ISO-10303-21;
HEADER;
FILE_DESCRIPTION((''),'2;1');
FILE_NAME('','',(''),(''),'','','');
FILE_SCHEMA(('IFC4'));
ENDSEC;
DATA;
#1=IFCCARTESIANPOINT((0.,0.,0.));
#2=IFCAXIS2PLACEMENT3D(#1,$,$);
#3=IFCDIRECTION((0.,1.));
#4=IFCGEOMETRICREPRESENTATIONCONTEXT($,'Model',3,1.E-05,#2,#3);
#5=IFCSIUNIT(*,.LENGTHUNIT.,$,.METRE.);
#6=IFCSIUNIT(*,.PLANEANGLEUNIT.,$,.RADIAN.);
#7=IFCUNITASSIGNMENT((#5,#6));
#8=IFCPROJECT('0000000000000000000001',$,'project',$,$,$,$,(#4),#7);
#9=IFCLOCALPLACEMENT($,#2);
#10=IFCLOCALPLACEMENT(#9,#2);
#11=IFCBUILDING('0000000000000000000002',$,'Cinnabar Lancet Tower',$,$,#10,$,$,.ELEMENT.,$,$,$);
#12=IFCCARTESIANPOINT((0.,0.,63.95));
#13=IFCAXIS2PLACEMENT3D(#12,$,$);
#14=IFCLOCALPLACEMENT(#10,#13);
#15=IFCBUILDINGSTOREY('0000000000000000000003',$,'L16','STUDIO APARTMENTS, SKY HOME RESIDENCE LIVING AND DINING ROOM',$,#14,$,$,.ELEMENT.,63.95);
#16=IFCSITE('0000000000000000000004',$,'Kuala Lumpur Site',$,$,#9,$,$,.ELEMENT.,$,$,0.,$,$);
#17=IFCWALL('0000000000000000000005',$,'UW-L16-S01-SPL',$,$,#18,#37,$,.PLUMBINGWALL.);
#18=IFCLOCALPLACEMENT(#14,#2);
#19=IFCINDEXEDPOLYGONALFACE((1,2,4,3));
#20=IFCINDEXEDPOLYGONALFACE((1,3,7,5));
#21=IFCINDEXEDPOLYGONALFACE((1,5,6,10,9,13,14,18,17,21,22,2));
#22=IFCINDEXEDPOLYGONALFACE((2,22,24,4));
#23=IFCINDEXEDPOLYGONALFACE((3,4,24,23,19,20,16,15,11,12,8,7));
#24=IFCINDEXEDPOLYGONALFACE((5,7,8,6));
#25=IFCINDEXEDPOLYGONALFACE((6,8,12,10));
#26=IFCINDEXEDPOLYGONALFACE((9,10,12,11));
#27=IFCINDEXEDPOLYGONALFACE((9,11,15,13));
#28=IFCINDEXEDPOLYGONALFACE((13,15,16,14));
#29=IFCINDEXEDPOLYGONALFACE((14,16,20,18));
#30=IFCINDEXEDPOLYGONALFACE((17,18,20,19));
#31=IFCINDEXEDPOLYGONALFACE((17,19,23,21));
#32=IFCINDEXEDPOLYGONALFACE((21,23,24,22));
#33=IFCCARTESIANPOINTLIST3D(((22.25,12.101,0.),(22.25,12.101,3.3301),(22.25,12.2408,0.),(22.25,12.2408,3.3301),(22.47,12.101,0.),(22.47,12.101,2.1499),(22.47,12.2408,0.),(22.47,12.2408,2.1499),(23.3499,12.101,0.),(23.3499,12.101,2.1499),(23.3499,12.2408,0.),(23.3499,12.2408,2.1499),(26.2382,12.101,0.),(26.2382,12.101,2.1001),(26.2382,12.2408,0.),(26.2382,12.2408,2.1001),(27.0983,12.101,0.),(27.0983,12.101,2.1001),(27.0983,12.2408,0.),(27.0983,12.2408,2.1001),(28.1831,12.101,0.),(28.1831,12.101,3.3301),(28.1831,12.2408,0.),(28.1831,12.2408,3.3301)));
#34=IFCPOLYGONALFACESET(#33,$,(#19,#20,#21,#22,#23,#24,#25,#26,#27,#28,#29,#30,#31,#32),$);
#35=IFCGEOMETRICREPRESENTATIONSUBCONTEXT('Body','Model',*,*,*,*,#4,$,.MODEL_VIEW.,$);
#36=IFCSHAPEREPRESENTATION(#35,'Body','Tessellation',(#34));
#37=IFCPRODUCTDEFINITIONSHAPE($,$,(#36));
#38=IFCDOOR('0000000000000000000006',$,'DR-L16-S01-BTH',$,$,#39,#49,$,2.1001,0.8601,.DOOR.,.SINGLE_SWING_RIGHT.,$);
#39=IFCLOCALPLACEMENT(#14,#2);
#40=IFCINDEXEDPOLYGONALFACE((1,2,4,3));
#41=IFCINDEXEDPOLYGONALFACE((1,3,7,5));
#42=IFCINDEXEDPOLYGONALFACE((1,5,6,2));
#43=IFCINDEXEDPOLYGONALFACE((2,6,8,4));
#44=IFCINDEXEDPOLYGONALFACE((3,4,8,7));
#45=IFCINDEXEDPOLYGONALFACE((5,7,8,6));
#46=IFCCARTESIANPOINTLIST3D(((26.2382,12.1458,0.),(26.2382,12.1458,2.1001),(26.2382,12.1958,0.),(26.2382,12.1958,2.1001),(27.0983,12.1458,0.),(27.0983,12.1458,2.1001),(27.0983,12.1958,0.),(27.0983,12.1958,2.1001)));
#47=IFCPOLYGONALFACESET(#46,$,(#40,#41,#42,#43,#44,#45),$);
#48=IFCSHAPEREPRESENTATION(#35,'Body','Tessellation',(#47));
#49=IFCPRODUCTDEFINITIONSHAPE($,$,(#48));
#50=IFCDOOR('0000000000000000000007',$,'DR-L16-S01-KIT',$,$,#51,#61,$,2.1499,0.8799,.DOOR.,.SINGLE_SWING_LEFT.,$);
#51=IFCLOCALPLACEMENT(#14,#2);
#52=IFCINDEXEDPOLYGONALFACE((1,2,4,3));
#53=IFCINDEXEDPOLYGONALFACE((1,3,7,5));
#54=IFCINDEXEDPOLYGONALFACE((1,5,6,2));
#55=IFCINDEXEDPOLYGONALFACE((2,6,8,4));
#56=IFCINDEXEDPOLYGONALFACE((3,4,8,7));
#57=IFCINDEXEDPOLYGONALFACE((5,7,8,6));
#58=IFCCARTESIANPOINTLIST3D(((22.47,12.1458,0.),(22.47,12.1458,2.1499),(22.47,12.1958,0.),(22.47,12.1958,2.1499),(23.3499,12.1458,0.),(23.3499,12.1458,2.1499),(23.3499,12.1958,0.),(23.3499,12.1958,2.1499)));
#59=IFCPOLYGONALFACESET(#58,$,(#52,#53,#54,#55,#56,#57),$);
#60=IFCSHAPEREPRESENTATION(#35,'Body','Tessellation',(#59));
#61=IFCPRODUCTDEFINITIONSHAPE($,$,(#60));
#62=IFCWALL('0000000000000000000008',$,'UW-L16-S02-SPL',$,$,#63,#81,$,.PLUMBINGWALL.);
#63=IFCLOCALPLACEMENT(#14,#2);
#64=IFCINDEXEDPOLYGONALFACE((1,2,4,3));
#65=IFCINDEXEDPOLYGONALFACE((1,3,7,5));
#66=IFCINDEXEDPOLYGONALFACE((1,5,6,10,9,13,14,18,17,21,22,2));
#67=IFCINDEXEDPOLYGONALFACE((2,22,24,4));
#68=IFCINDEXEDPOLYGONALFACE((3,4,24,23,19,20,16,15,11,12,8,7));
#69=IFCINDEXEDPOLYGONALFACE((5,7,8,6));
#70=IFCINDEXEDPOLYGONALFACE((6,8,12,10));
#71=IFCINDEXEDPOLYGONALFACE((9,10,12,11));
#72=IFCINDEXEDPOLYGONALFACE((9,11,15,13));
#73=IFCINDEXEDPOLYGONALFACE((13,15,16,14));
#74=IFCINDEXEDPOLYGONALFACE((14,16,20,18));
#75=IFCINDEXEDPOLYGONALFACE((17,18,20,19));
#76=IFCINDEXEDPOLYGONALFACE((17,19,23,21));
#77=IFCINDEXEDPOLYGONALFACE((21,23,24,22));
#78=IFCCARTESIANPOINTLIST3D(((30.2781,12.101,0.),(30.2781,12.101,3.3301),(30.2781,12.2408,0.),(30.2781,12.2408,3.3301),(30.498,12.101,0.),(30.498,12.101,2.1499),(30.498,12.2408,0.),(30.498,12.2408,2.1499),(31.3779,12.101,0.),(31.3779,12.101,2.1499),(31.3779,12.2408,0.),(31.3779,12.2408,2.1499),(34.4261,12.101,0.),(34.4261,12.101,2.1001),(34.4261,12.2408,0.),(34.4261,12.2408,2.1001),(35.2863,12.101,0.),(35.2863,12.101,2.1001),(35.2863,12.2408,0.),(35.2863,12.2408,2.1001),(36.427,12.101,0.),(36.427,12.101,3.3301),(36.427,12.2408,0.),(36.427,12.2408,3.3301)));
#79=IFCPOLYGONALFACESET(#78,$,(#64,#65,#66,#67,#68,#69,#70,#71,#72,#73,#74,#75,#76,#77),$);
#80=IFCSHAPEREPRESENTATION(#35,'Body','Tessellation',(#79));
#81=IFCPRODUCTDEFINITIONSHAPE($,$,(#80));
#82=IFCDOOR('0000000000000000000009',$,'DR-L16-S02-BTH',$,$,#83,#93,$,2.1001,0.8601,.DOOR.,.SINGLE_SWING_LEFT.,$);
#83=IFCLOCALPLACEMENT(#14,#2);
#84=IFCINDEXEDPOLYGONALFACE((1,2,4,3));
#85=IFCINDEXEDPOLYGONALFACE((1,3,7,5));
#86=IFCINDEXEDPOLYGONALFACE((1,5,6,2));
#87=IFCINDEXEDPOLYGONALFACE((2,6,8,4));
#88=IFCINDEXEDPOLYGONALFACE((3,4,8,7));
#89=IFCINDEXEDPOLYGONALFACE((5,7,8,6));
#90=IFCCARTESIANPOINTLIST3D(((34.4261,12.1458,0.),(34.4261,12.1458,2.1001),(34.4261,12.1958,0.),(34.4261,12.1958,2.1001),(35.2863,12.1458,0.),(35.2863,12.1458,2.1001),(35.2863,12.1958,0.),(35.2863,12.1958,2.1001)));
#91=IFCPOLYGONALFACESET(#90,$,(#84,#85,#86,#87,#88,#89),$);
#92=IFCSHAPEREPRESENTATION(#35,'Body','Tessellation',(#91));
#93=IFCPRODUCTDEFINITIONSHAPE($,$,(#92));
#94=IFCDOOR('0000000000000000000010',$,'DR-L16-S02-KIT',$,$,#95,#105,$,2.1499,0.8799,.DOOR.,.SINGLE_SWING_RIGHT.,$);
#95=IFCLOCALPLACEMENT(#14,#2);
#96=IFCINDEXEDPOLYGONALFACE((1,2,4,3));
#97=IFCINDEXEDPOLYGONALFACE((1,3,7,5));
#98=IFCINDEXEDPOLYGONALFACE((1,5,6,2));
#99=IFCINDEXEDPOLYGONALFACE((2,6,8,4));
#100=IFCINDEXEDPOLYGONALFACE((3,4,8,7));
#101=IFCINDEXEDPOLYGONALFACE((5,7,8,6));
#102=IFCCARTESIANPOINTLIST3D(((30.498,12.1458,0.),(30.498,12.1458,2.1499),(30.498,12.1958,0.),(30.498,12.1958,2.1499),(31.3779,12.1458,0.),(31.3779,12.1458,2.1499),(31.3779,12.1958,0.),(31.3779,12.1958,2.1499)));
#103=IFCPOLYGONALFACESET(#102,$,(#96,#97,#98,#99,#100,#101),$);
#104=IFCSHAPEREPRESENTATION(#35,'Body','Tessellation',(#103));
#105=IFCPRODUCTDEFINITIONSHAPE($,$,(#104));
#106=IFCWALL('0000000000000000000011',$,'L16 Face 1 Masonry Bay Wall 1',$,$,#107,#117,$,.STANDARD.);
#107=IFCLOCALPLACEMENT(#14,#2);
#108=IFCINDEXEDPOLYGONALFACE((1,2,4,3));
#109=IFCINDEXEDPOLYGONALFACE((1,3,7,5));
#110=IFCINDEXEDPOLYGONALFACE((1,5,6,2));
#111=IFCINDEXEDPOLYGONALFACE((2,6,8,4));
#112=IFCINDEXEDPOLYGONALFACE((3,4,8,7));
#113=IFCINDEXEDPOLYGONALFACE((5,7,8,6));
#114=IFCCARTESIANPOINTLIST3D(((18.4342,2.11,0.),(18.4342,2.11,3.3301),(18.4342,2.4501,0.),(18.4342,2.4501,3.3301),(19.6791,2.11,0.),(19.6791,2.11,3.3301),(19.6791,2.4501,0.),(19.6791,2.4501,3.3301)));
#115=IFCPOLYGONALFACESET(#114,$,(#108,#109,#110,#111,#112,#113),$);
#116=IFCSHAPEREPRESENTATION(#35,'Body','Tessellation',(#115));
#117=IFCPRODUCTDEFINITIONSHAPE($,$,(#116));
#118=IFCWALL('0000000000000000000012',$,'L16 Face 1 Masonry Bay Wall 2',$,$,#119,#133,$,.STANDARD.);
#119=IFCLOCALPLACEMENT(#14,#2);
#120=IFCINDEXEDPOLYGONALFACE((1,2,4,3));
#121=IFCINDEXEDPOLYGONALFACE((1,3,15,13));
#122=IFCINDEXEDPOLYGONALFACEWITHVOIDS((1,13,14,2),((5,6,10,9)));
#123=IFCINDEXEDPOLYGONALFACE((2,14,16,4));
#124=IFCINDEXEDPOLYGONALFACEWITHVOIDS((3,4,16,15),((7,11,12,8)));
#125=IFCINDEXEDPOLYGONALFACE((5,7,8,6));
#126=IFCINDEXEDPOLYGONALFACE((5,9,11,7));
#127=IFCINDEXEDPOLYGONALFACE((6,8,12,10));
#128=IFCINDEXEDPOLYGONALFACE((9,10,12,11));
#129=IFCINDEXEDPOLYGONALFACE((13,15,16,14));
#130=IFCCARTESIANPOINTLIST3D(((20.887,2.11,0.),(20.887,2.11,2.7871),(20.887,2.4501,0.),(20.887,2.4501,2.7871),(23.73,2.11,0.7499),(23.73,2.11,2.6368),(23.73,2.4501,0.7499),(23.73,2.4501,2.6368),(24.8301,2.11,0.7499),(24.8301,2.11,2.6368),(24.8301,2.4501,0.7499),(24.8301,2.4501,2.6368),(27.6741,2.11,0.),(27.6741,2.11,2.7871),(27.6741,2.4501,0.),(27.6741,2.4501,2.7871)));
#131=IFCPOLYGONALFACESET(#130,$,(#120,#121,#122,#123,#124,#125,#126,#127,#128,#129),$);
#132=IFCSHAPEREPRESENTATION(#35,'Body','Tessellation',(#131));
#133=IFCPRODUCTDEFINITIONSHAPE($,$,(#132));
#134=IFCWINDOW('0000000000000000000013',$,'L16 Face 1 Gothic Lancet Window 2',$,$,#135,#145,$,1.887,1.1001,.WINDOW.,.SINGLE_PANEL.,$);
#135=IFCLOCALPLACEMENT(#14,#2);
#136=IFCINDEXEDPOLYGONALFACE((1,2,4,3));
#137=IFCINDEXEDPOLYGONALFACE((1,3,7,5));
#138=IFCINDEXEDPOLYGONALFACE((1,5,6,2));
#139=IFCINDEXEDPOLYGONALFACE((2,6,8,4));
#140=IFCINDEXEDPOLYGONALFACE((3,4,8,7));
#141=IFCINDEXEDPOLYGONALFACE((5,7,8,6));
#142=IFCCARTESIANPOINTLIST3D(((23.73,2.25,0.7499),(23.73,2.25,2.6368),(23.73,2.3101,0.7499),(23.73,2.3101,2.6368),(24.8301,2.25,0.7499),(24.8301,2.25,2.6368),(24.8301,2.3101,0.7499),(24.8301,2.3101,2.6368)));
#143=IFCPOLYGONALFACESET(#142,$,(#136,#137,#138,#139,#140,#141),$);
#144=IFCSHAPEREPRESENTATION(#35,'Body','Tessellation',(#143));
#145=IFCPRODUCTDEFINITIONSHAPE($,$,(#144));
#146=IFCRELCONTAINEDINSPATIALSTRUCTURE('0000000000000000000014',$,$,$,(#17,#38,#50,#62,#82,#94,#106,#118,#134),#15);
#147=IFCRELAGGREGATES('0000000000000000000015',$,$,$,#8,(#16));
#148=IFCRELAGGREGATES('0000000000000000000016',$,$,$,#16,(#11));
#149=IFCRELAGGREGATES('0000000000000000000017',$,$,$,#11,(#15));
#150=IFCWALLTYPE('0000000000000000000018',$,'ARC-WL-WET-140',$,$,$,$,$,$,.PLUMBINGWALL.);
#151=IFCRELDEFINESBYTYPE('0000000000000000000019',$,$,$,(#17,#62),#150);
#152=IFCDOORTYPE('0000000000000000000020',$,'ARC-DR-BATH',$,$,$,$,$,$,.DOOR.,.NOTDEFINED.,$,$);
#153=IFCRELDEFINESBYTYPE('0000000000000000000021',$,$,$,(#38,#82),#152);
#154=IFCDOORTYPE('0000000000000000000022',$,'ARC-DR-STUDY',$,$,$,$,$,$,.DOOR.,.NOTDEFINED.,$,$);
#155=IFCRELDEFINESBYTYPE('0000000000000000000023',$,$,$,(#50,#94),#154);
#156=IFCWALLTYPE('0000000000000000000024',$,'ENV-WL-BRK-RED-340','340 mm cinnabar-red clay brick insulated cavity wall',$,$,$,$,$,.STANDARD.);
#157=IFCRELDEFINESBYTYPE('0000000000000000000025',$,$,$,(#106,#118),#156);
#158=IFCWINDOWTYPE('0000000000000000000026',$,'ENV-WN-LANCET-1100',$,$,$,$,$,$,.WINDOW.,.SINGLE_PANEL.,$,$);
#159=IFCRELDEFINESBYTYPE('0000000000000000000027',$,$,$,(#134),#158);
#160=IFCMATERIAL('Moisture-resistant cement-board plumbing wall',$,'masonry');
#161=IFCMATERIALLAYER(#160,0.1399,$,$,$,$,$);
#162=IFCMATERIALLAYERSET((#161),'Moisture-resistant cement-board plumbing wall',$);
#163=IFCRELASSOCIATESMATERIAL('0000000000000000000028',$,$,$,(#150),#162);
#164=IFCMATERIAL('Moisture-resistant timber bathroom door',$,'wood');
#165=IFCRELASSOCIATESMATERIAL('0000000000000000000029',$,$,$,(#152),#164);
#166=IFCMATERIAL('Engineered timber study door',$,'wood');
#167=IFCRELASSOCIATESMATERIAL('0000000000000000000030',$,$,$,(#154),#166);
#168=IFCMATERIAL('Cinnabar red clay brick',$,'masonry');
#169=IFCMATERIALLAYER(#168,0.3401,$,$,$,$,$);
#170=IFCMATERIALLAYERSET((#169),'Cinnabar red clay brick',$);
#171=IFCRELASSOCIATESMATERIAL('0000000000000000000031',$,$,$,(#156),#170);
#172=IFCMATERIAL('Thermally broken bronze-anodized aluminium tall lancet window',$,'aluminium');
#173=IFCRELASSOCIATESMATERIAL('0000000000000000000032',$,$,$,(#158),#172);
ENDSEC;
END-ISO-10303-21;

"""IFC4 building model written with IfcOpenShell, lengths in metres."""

from ifc_helpers import new_model, si_unit, direction, frame, frame_2d, origin, place, context, subcontext, project, spatial, rectangle, extrude, material, layer, layer_set, type_object, element, fill, save


model = new_model("IFC4")

# Units and contexts
model_context = context("Model", 3, precision=1e-05, world=origin(), true_north=direction((0.0, 1.0)))
body_context = subcontext(model_context, "Body", "Model", "MODEL_VIEW")
ifc_project = project(units=[si_unit("LENGTHUNIT", "METRE"), si_unit("PLANEANGLEUNIT", "RADIAN")], contexts=[model_context])

# Site, building, storey
site_placement = place(None, origin())
site = spatial("IfcSite", under=ifc_project, at=site_placement, Name="Kuala Lumpur Site", CompositionType="ELEMENT", RefElevation=0.0)
building_placement = place(site_placement, origin())
building = spatial("IfcBuilding", under=site, at=building_placement, Name="Cinnabar Lancet Tower", CompositionType="ELEMENT")
storey_placement = place(building_placement, frame((0.0, 0.0, 63.95)))
storey = spatial("IfcBuildingStorey", under=building, at=storey_placement, Name="L16", Description="STUDIO APARTMENTS, SKY HOME RESIDENCE LIVING AND DINING ROOM", CompositionType="ELEMENT", Elevation=63.95)

# Walls, openings, doors
ifc_material_1 = material(Name="Moisture-resistant cement-board plumbing wall", Category="masonry")
ifc_layer_1 = layer(ifc_material_1, 0.1399)
ifc_layer_set_1 = layer_set([ifc_layer_1], Name="Moisture-resistant cement-board plumbing wall")
wall_type_1 = type_object("IfcWallType", Name="ARC-WL-WET-140", PredefinedType="PLUMBINGWALL", material=ifc_layer_set_1)
wall_1_placement = place(storey_placement, frame((22.25, 12.1709, 0.0), z_axis=(0.0, 0.0, 1.0), x_axis=(1.0, 0.0, 0.0)))
wall_1 = element("IfcWall", 1, at=wall_1_placement, inside=storey, type_object=wall_type_1, Name="UW-L16-S01-SPL", PredefinedType="PLUMBINGWALL", context=body_context, shape_type="SweptSolid", body=[
    extrude(rectangle(XDim=5.9331, YDim=0.1399, at=frame_2d((2.9666, 0.0))), origin(), (0.0, 0.0, 1.0), 3.3301),
])
opening_1_placement = place(wall_1_placement, frame((3.988, 0.0, 0.0)))
opening_1 = element("IfcOpeningElement", 2, at=opening_1_placement, cuts=wall_1, PredefinedType="OPENING", context=body_context, shape_type="SweptSolid", body=[
    extrude(rectangle(XDim=0.8601, YDim=2.1001, at=frame_2d((0.4302, 1.05))), frame((0.0, 0.0798, 0.0), z_axis=(0.0, -1.0, 0.0), x_axis=(1.0, 0.0, 0.0)), (0.0, 0.0, 1.0), 0.1599),
])
opening_2_placement = place(wall_1_placement, frame((0.22, 0.0, 0.0)))
opening_2 = element("IfcOpeningElement", 3, at=opening_2_placement, cuts=wall_1, PredefinedType="OPENING", context=body_context, shape_type="SweptSolid", body=[
    extrude(rectangle(XDim=0.8799, YDim=2.1499, at=frame_2d((0.4399, 1.075))), frame((0.0, 0.0798, 0.0), z_axis=(0.0, -1.0, 0.0), x_axis=(1.0, 0.0, 0.0)), (0.0, 0.0, 1.0), 0.1599),
])
ifc_material_2 = material(Name="Moisture-resistant timber bathroom door", Category="wood")
door_type_1 = type_object("IfcDoorType", Name="ARC-DR-BATH", OperationType="NOTDEFINED", PredefinedType="DOOR", material=ifc_material_2)
door_1_placement = place(opening_1_placement, origin())
door_1 = element("IfcDoor", 4, at=door_1_placement, inside=storey, type_object=door_type_1, Name="DR-L16-S01-BTH", OperationType="SINGLE_SWING_RIGHT", OverallHeight=2.1001, OverallWidth=0.8601, PredefinedType="DOOR", context=body_context, shape_type="SweptSolid", body=[
    extrude(rectangle(XDim=0.8601, YDim=2.1001, at=frame_2d((0.4302, 1.05))), frame((0.0, 0.0249, 0.0), z_axis=(0.0, -1.0, 0.0), x_axis=(1.0, 0.0, 0.0)), (0.0, 0.0, 1.0), 0.05),
])
fill(opening_1, door_1)
ifc_material_3 = material(Name="Engineered timber study door", Category="wood")
door_type_2 = type_object("IfcDoorType", Name="ARC-DR-STUDY", OperationType="NOTDEFINED", PredefinedType="DOOR", material=ifc_material_3)
door_2_placement = place(opening_2_placement, origin())
door_2 = element("IfcDoor", 5, at=door_2_placement, inside=storey, type_object=door_type_2, Name="DR-L16-S01-KIT", OperationType="SINGLE_SWING_LEFT", OverallHeight=2.1499, OverallWidth=0.8799, PredefinedType="DOOR", context=body_context, shape_type="SweptSolid", body=[
    extrude(rectangle(XDim=0.8799, YDim=2.1499, at=frame_2d((0.4399, 1.075))), frame((0.0, 0.0249, 0.0), z_axis=(0.0, -1.0, 0.0), x_axis=(1.0, 0.0, 0.0)), (0.0, 0.0, 1.0), 0.05),
])
fill(opening_2, door_2)
wall_2_placement = place(storey_placement, frame((30.2781, 12.1709, 0.0), z_axis=(0.0, 0.0, 1.0), x_axis=(1.0, 0.0, 0.0)))
wall_2 = element("IfcWall", 6, at=wall_2_placement, inside=storey, type_object=wall_type_1, Name="UW-L16-S02-SPL", PredefinedType="PLUMBINGWALL", context=body_context, shape_type="SweptSolid", body=[
    extrude(rectangle(XDim=6.1489, YDim=0.1399, at=frame_2d((3.0745, 0.0))), origin(), (0.0, 0.0, 1.0), 3.3301),
])
opening_3_placement = place(wall_2_placement, frame((4.1479, 0.0, 0.0)))
opening_3 = element("IfcOpeningElement", 7, at=opening_3_placement, cuts=wall_2, PredefinedType="OPENING", context=body_context, shape_type="SweptSolid", body=[
    extrude(rectangle(XDim=0.8601, YDim=2.1001, at=frame_2d((0.4302, 1.05))), frame((0.0, 0.0798, 0.0), z_axis=(0.0, -1.0, 0.0), x_axis=(1.0, 0.0, 0.0)), (0.0, 0.0, 1.0), 0.1599),
])
opening_4_placement = place(wall_2_placement, frame((0.22, 0.0, 0.0)))
opening_4 = element("IfcOpeningElement", 8, at=opening_4_placement, cuts=wall_2, PredefinedType="OPENING", context=body_context, shape_type="SweptSolid", body=[
    extrude(rectangle(XDim=0.8799, YDim=2.1499, at=frame_2d((0.4399, 1.075))), frame((0.0, 0.0798, 0.0), z_axis=(0.0, -1.0, 0.0), x_axis=(1.0, 0.0, 0.0)), (0.0, 0.0, 1.0), 0.1599),
])
door_3_placement = place(opening_3_placement, origin())
door_3 = element("IfcDoor", 9, at=door_3_placement, inside=storey, type_object=door_type_1, Name="DR-L16-S02-BTH", OperationType="SINGLE_SWING_LEFT", OverallHeight=2.1001, OverallWidth=0.8601, PredefinedType="DOOR", context=body_context, shape_type="SweptSolid", body=[
    extrude(rectangle(XDim=0.8601, YDim=2.1001, at=frame_2d((0.4302, 1.05))), frame((0.0, 0.0249, 0.0), z_axis=(0.0, -1.0, 0.0), x_axis=(1.0, 0.0, 0.0)), (0.0, 0.0, 1.0), 0.05),
])
fill(opening_3, door_3)
door_4_placement = place(opening_4_placement, origin())
door_4 = element("IfcDoor", 10, at=door_4_placement, inside=storey, type_object=door_type_2, Name="DR-L16-S02-KIT", OperationType="SINGLE_SWING_RIGHT", OverallHeight=2.1499, OverallWidth=0.8799, PredefinedType="DOOR", context=body_context, shape_type="SweptSolid", body=[
    extrude(rectangle(XDim=0.8799, YDim=2.1499, at=frame_2d((0.4399, 1.075))), frame((0.0, 0.0249, 0.0), z_axis=(0.0, -1.0, 0.0), x_axis=(1.0, 0.0, 0.0)), (0.0, 0.0, 1.0), 0.05),
])
fill(opening_4, door_4)

# Wall
ifc_material_4 = material(Name="Cinnabar red clay brick", Category="masonry")
ifc_layer_2 = layer(ifc_material_4, 0.3401)
ifc_layer_set_2 = layer_set([ifc_layer_2], Name="Cinnabar red clay brick")
wall_type_2 = type_object("IfcWallType", Name="ENV-WL-BRK-RED-340", Description="340 mm cinnabar-red clay brick insulated cavity wall", PredefinedType="STANDARD", material=ifc_layer_set_2)
wall_3_placement = place(storey_placement, frame((18.4341, 2.28, 0.0), z_axis=(0.0, 0.0, 1.0), x_axis=(1.0, 0.0, 0.0)))
element("IfcWall", 11, at=wall_3_placement, inside=storey, type_object=wall_type_2, Name="L16 Face 1 Masonry Bay Wall 1", PredefinedType="STANDARD", context=body_context, shape_type="SweptSolid", body=[
    extrude(rectangle(XDim=1.2449, YDim=0.3401, at=frame_2d((0.6226, 0.0))), origin(), (0.0, 0.0, 1.0), 3.3301),
])

# Wall, opening, window
wall_4_placement = place(storey_placement, frame((20.887, 2.28, 0.0), z_axis=(0.0, 0.0, 1.0), x_axis=(1.0, 0.0, 0.0)))
wall_4 = element("IfcWall", 12, at=wall_4_placement, inside=storey, type_object=wall_type_2, Name="L16 Face 1 Masonry Bay Wall 2", PredefinedType="STANDARD", context=body_context, shape_type="SweptSolid", body=[
    extrude(rectangle(XDim=6.7871, YDim=0.3401, at=frame_2d((3.3936, 0.0))), origin(), (0.0, 0.0, 1.0), 2.7871),
])
opening_5_placement = place(wall_4_placement, frame((2.843, 0.0, 0.75)))
opening_5 = element("IfcOpeningElement", 13, at=opening_5_placement, cuts=wall_4, PredefinedType="OPENING", context=body_context, shape_type="SweptSolid", body=[
    extrude(rectangle(XDim=1.1001, YDim=1.887, at=frame_2d((0.55, 0.9434))), frame((0.0, 0.1799, 0.0), z_axis=(0.0, -1.0, 0.0), x_axis=(1.0, 0.0, 0.0)), (0.0, 0.0, 1.0), 0.3601),
])
ifc_material_5 = material(Name="Thermally broken bronze-anodized aluminium tall lancet window", Category="aluminium")
window_type = type_object("IfcWindowType", Name="ENV-WN-LANCET-1100", PartitioningType="SINGLE_PANEL", PredefinedType="WINDOW", material=ifc_material_5)
window_placement = place(opening_5_placement, origin())
window = element("IfcWindow", 14, at=window_placement, inside=storey, type_object=window_type, Name="L16 Face 1 Gothic Lancet Window 2", OverallHeight=1.887, OverallWidth=1.1001, PartitioningType="SINGLE_PANEL", PredefinedType="WINDOW", context=body_context, shape_type="SweptSolid", body=[
    extrude(rectangle(XDim=1.1001, YDim=1.887, at=frame_2d((0.55, 0.9434))), frame((0.0, 0.03, 0.0), z_axis=(0.0, -1.0, 0.0), x_axis=(1.0, 0.0, 0.0)), (0.0, 0.0, 1.0), 0.0601),
])
fill(opening_5, window)

save(model, "model.ifc")
